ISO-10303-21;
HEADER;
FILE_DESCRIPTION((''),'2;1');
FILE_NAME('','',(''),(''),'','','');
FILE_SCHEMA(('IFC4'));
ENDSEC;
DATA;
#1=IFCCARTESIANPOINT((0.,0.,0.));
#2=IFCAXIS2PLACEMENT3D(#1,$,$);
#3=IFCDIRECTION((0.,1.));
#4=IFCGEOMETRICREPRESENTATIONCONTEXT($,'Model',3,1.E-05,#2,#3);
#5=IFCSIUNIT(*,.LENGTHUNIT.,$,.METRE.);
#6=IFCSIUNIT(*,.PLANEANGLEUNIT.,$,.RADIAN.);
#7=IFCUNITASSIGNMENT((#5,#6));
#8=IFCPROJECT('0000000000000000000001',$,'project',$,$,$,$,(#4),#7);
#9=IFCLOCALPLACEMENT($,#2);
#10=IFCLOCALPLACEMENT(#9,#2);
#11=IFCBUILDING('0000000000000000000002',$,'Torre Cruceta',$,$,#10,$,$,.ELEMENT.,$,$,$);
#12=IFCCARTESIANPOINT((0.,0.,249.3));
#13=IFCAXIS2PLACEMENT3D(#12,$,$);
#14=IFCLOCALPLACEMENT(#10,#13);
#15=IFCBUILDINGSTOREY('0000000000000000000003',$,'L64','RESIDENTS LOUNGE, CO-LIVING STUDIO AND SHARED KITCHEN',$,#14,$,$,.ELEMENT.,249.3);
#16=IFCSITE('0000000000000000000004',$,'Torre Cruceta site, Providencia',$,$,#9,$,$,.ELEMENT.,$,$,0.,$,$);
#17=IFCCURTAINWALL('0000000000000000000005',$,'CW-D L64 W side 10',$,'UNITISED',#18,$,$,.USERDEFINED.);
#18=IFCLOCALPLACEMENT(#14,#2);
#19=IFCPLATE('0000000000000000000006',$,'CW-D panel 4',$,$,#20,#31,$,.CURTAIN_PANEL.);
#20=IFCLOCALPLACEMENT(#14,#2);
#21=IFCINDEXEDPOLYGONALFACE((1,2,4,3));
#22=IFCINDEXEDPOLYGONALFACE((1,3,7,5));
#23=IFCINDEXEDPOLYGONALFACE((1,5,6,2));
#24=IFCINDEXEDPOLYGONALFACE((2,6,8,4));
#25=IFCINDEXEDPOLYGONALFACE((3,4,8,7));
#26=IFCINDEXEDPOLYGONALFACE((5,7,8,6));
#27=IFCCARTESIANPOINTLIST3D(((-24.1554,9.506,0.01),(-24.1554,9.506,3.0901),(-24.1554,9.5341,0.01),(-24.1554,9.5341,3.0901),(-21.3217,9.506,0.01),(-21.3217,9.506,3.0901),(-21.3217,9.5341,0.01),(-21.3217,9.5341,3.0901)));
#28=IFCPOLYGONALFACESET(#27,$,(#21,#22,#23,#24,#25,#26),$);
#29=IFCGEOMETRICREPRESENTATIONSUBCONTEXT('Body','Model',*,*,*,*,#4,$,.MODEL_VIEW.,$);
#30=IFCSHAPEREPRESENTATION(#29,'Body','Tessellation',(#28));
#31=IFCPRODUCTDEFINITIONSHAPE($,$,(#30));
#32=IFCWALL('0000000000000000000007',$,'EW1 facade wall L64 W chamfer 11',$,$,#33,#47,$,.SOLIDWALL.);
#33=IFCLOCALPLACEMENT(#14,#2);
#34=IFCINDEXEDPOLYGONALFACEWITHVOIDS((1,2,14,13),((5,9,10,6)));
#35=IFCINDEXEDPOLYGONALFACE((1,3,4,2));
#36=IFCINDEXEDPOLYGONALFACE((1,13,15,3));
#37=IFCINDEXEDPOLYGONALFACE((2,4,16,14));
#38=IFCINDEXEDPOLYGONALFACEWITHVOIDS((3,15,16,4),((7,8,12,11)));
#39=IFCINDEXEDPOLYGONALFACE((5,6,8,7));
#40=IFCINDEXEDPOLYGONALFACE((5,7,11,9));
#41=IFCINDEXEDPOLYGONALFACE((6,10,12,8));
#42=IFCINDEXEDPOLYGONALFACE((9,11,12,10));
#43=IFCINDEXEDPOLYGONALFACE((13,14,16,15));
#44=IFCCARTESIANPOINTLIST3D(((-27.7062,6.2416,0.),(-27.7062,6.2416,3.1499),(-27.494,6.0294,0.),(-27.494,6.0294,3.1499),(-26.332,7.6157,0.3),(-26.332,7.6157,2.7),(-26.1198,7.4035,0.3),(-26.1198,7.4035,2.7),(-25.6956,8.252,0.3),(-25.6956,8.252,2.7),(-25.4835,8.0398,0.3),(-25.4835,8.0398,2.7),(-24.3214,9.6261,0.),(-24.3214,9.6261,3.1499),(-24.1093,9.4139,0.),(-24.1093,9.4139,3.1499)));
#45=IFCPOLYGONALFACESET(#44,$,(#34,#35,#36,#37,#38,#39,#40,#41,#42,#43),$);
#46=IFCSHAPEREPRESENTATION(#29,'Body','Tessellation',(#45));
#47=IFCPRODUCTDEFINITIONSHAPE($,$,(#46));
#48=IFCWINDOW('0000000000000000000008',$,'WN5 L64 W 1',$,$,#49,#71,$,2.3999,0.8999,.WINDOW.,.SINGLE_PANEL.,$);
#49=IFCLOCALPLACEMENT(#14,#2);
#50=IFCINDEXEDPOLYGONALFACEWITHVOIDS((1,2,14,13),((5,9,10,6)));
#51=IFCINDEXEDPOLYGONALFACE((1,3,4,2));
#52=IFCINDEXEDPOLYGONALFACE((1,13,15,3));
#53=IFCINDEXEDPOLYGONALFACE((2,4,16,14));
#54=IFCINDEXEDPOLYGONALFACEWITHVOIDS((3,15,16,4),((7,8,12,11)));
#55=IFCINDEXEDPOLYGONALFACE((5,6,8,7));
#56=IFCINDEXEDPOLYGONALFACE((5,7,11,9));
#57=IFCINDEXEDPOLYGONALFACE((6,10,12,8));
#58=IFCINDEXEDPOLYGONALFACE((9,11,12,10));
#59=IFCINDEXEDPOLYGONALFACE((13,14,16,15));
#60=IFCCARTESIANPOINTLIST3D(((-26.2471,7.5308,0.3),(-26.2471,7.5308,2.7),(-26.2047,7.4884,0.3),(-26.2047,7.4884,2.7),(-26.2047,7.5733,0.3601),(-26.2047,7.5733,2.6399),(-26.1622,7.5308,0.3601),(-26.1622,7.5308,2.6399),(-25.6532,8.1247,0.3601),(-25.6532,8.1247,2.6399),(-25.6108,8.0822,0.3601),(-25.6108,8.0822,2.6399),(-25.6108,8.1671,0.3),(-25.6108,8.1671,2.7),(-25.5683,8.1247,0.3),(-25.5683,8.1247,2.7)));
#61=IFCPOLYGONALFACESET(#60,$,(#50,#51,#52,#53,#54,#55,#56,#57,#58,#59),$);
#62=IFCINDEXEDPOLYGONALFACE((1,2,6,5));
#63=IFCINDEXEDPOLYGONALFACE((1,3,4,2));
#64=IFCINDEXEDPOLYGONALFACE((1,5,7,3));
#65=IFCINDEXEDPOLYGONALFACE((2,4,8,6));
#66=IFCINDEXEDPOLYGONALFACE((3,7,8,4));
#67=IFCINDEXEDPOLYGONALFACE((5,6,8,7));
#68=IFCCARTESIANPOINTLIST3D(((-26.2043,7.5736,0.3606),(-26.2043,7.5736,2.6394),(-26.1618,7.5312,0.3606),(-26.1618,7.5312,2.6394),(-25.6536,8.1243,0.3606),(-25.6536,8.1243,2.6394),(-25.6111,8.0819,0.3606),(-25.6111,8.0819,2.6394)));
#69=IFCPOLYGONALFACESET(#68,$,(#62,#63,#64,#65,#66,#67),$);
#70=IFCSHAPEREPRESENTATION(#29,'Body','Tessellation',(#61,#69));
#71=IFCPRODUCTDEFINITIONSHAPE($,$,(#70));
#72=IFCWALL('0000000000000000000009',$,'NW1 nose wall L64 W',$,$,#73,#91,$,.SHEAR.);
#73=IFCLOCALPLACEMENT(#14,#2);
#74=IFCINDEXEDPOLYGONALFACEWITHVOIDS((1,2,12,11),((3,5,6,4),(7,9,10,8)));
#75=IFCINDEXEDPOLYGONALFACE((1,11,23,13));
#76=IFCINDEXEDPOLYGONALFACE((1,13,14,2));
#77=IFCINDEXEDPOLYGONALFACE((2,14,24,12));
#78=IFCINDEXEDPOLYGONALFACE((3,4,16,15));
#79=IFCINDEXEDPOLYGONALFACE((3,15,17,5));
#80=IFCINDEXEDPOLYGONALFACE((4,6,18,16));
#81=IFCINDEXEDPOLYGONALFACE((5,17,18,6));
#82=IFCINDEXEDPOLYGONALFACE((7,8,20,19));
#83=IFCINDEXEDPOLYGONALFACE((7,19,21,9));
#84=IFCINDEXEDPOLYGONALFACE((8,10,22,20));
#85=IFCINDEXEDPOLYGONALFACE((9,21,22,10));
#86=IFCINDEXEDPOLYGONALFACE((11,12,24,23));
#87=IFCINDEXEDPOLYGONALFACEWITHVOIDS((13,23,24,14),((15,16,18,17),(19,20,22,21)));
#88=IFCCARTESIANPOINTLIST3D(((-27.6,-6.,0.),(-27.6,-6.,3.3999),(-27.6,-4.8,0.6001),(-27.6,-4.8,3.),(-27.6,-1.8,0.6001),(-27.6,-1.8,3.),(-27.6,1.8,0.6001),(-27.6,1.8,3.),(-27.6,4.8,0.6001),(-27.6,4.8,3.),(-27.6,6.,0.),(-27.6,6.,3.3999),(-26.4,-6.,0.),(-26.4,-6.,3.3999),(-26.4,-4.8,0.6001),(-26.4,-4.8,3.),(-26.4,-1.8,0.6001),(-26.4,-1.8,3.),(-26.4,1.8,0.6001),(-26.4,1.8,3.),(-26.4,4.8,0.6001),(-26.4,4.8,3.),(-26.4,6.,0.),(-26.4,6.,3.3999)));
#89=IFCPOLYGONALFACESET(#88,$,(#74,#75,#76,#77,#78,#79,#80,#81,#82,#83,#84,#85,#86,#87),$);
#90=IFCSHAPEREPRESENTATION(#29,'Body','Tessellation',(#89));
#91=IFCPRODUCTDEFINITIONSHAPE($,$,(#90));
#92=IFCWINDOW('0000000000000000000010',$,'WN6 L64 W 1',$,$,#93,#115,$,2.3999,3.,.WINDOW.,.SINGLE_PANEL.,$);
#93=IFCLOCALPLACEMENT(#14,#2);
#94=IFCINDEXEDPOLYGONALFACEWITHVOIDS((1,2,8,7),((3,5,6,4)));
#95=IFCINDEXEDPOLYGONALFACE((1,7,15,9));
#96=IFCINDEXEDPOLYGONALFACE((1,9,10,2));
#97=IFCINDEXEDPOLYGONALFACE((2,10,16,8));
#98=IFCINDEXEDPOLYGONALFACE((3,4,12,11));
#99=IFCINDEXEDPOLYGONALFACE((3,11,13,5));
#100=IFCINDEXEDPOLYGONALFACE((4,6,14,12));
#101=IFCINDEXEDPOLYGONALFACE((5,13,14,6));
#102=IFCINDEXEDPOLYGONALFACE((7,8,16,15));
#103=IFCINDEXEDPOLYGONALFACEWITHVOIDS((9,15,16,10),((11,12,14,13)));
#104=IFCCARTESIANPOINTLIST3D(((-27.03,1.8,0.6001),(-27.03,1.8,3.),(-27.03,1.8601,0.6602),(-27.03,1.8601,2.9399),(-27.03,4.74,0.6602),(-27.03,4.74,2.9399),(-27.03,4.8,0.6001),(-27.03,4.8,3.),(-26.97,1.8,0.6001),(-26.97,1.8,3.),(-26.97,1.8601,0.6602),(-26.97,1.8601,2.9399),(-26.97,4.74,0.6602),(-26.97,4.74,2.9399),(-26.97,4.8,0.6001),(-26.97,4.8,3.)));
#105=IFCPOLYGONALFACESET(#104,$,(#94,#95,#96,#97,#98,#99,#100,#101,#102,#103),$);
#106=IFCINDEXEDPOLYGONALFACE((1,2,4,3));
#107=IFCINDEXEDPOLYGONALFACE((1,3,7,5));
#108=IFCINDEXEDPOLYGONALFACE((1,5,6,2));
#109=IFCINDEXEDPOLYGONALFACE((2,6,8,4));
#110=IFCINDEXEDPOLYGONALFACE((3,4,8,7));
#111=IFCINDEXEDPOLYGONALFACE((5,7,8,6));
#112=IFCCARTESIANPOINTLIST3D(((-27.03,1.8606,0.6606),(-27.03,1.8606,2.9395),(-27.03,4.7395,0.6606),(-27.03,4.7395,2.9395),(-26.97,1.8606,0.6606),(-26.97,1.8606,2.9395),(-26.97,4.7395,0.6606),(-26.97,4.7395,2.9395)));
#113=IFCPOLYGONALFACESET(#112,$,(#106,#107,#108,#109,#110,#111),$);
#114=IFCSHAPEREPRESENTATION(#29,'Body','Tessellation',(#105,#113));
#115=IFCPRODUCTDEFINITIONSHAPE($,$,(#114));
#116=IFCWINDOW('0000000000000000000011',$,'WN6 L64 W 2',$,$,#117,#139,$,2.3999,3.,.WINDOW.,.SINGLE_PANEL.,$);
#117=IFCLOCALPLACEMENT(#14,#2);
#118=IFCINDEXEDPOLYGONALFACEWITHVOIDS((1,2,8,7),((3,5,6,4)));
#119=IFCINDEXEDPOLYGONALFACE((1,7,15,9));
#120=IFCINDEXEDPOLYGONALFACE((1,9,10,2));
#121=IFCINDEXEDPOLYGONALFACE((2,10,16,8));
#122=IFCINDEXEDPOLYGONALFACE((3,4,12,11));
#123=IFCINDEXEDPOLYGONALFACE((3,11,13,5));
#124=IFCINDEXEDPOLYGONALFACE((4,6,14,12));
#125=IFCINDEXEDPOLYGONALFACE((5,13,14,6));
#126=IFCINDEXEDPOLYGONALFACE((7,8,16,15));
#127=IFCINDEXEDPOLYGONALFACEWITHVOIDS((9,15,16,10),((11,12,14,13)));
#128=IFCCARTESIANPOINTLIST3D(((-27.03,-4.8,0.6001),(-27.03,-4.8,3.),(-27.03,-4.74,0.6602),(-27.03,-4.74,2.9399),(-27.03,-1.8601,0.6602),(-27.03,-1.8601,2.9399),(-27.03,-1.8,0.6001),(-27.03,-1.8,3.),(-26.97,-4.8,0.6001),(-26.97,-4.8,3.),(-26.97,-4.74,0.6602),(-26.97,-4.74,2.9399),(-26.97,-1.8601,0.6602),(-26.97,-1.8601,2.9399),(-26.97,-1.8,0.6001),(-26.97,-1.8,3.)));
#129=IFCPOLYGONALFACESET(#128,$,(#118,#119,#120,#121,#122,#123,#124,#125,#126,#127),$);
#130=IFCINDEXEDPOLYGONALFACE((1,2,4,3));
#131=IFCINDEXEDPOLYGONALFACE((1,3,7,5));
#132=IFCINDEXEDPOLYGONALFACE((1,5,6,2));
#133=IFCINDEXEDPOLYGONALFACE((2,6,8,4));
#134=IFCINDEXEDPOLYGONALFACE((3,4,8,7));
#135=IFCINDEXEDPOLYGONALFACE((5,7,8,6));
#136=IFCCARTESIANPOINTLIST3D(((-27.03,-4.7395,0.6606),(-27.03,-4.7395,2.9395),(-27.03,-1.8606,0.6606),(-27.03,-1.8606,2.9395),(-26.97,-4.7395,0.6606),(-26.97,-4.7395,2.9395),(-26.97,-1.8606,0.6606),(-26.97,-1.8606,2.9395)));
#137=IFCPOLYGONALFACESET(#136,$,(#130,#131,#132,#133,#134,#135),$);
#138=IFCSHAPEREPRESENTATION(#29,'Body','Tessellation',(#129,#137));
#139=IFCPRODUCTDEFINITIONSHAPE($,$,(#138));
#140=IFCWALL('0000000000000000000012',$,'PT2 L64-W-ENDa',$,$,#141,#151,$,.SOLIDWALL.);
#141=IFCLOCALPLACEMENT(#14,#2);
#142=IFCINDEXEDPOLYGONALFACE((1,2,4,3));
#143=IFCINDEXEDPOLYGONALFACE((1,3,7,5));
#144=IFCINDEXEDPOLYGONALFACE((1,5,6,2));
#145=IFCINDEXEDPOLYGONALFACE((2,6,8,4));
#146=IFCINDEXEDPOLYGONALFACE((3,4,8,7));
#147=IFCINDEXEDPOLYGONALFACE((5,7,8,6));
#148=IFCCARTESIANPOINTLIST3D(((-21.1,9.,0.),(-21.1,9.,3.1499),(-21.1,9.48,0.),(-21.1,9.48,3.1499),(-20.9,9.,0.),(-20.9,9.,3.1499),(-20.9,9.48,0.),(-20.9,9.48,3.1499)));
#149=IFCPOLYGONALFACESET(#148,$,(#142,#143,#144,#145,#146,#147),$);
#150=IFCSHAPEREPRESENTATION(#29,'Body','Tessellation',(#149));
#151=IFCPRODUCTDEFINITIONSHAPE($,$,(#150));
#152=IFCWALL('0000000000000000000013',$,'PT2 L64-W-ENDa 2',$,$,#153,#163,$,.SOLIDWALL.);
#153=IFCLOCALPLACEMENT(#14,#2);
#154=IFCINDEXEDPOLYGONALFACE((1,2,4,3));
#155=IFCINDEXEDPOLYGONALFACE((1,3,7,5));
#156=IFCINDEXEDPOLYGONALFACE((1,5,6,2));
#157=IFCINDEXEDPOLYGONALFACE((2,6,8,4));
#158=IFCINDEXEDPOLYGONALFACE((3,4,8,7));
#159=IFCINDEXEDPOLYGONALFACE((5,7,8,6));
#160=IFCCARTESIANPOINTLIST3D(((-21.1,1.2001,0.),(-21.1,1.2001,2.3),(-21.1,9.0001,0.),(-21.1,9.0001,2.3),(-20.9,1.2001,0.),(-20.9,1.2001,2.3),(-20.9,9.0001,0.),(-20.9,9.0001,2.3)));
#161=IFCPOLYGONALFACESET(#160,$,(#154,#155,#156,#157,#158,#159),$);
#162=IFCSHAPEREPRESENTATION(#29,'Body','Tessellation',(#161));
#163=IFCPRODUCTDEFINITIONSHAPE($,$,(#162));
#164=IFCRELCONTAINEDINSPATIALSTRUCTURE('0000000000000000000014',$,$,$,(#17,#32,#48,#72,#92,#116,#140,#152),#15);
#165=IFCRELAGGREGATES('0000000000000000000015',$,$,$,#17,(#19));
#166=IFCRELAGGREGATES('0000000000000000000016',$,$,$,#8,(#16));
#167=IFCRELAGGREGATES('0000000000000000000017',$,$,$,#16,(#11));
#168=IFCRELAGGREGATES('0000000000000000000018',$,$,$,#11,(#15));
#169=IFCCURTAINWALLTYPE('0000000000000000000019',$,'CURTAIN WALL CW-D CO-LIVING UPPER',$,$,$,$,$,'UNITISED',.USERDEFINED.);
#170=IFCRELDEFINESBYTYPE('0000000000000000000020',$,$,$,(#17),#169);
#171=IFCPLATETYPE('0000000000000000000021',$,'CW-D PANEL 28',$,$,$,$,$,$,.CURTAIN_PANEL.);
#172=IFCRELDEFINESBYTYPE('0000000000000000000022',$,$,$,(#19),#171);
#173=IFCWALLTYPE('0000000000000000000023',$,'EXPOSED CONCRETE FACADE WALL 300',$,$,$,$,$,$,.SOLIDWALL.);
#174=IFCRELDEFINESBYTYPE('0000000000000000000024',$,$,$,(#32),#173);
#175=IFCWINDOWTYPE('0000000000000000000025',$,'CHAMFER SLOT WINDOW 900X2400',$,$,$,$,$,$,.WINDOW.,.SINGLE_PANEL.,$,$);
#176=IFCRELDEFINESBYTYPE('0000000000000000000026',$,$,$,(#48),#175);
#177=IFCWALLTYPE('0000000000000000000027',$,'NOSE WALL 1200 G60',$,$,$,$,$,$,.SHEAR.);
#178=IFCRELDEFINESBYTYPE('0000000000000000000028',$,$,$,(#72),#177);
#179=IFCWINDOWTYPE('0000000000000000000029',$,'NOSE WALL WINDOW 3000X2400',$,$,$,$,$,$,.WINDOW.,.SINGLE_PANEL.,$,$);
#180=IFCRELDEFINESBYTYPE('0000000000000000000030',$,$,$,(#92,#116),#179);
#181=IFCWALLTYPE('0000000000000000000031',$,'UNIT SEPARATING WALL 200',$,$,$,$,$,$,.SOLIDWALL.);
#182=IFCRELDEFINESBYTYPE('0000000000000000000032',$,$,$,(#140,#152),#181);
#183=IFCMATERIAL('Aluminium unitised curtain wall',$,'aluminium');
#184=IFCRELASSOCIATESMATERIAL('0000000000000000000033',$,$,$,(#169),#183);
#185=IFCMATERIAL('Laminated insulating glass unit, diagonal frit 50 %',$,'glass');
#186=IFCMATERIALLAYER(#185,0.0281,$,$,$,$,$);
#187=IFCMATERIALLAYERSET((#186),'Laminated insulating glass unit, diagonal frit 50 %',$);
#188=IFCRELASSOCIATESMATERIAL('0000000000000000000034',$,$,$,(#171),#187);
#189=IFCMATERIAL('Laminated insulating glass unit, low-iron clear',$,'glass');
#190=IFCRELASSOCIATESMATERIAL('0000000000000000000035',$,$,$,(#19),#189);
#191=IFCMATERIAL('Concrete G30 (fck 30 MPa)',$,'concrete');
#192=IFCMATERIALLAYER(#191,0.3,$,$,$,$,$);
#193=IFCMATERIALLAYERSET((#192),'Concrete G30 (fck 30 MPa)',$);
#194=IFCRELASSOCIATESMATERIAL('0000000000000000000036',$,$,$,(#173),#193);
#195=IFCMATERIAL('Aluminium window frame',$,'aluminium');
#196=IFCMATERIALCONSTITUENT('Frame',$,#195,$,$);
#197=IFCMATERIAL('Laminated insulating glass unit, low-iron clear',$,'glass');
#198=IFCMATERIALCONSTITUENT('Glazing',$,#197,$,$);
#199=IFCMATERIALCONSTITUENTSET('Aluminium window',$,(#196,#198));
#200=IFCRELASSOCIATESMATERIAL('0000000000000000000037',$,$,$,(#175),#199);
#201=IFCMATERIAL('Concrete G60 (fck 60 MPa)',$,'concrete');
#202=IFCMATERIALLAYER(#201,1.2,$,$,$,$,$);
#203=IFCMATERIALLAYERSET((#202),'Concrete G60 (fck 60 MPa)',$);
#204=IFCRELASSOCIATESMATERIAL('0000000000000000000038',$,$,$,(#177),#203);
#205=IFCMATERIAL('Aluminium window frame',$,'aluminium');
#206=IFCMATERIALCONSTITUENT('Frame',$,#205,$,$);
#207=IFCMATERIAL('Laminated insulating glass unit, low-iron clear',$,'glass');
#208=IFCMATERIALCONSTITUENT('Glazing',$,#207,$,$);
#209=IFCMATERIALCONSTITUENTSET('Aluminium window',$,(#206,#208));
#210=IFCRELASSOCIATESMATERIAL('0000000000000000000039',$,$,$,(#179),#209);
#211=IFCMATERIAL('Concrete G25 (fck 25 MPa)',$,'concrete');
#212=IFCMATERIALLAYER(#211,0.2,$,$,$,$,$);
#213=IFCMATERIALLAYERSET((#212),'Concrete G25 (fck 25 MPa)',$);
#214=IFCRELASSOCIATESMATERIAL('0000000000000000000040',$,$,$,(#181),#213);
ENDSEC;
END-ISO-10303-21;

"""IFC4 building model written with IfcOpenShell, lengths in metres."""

from ifc_helpers import new_model, si_unit, direction, frame, frame_2d, origin, origin_2d, place, context, subcontext, project, spatial, rectangle, hollow_rectangle, extrude, material, layer, layer_set, constituent, constituent_set, type_object, element, fill, aggregate, save


model = new_model("IFC4")

# Units and contexts
model_context = context("Model", 3, precision=1e-05, world=origin(), true_north=direction((0.0, 1.0)))
body_context = subcontext(model_context, "Body", "Model", "MODEL_VIEW")
ifc_project = project(units=[si_unit("LENGTHUNIT", "METRE"), si_unit("PLANEANGLEUNIT", "RADIAN")], contexts=[model_context])

# Site, building, storey
site_placement = place(None, origin())
site = spatial("IfcSite", under=ifc_project, at=site_placement, Name="Torre Cruceta site, Providencia", CompositionType="ELEMENT", RefElevation=0.0)
building_placement = place(site_placement, origin())
building = spatial("IfcBuilding", under=site, at=building_placement, Name="Torre Cruceta", CompositionType="ELEMENT")
storey_placement = place(building_placement, frame((0.0, 0.0, 249.3)))
storey = spatial("IfcBuildingStorey", under=building, at=storey_placement, Name="L64", Description="RESIDENTS LOUNGE, CO-LIVING STUDIO AND SHARED KITCHEN", CompositionType="ELEMENT", Elevation=249.3)

# Curtain wall
ifc_material_1 = material(Name="Aluminium unitised curtain wall", Category="aluminium")
curtain_wall_type = type_object("IfcCurtainWallType", Name="CURTAIN WALL CW-D CO-LIVING UPPER", ElementType="UNITISED", PredefinedType="USERDEFINED", material=ifc_material_1)
curtain_wall_placement = place(storey_placement, origin())
curtain_wall = element("IfcCurtainWall", 1, at=curtain_wall_placement, inside=storey, type_object=curtain_wall_type, Name="CW-D L64 W side 10", ObjectType="UNITISED", PredefinedType="USERDEFINED")

# Plate
ifc_material_2 = material(Name="Laminated insulating glass unit, low-iron clear", Category="glass")
ifc_material_3 = material(Name="Laminated insulating glass unit, diagonal frit 50 %", Category="glass")
ifc_layer_1 = layer(ifc_material_3, 0.0281)
ifc_layer_set_1 = layer_set([ifc_layer_1], Name="Laminated insulating glass unit, diagonal frit 50 %")
plate_type = type_object("IfcPlateType", Name="CW-D PANEL 28", PredefinedType="CURTAIN_PANEL", material=ifc_layer_set_1)
plate_1_placement = place(storey_placement, frame((-22.7385, 9.52, 0.01), z_axis=(0.0, 0.0, 1.0), x_axis=(-1.0, 0.0, 0.0)))
plate_1 = element("IfcPlate", 2, at=plate_1_placement, type_object=plate_type, material=ifc_material_2, Name="CW-D panel 4", PredefinedType="CURTAIN_PANEL", context=body_context, shape_type="SweptSolid", body=[
    extrude(rectangle(XDim=2.8337, YDim=0.0281, at=origin_2d()), origin(), (0.0, 0.0, 1.0), 3.0801),
])
aggregate(curtain_wall, [plate_1])

# Wall, opening, window
ifc_material_4 = material(Name="Concrete G30 (fck 30 MPa)", Category="concrete")
ifc_layer_2 = layer(ifc_material_4, 0.3)
ifc_layer_set_2 = layer_set([ifc_layer_2], Name="Concrete G30 (fck 30 MPa)")
wall_type_1 = type_object("IfcWallType", Name="EXPOSED CONCRETE FACADE WALL 300", PredefinedType="SOLIDWALL", material=ifc_layer_set_2)
wall_1_placement = place(storey_placement, frame((-24.2153, 9.52, 0.0), z_axis=(0.0, 0.0, 1.0), x_axis=(-0.707132, -0.707081, 0.0)))
wall_1 = element("IfcWall", 3, at=wall_1_placement, inside=storey, type_object=wall_type_1, Name="EW1 facade wall L64 W chamfer 11", PredefinedType="SOLIDWALL", context=body_context, shape_type="SweptSolid", body=[
    extrude(rectangle(XDim=4.7866, YDim=0.3, at=frame_2d((2.3933, 0.0))), origin(), (0.0, 0.0, 1.0), 3.1499),
])
opening_1_placement = place(wall_1_placement, frame((1.9434, 0.0, 0.3)))
opening_1 = element("IfcOpeningElement", 4, at=opening_1_placement, cuts=wall_1, PredefinedType="OPENING", context=body_context, shape_type="SweptSolid", body=[
    extrude(rectangle(XDim=0.8999, YDim=2.3999, at=frame_2d((0.45, 1.2))), frame((0.0, 0.1599, 0.0), z_axis=(0.0, -1.0, 0.0), x_axis=(1.0, 0.0, 0.0)), (0.0, 0.0, 1.0), 0.3201),
])
ifc_material_5 = material(Name="Aluminium window frame", Category="aluminium")
ifc_constituent_1 = constituent(ifc_material_5, Name="Frame")
ifc_material_6 = material(Name="Laminated insulating glass unit, low-iron clear", Category="glass")
ifc_constituent_2 = constituent(ifc_material_6, Name="Glazing")
ifc_constituent_set_1 = constituent_set(constituents=[ifc_constituent_1, ifc_constituent_2], Name="Aluminium window")
window_type_1 = type_object("IfcWindowType", Name="CHAMFER SLOT WINDOW 900X2400", PartitioningType="SINGLE_PANEL", PredefinedType="WINDOW", material=ifc_constituent_set_1)
window_1_placement = place(opening_1_placement, origin())
window_1 = element("IfcWindow", 5, at=window_1_placement, inside=storey, type_object=window_type_1, Name="WN5 L64 W 1", OverallHeight=2.3999, OverallWidth=0.8999, PartitioningType="SINGLE_PANEL", PredefinedType="WINDOW", context=body_context, shape_type="SweptSolid", body=[
    extrude(hollow_rectangle(XDim=0.8999, YDim=2.3999, WallThickness=0.0601, at=frame_2d((0.45, 1.2))), frame((0.0, 0.03, 0.0), z_axis=(0.0, -1.0, 0.0), x_axis=(1.0, 0.0, 0.0)), (0.0, 0.0, 1.0), 0.0601),
    extrude(rectangle(XDim=0.7788, YDim=2.2788, at=frame_2d((0.45, 1.2))), frame((0.0, 0.03, 0.0), z_axis=(0.0, -1.0, 0.0), x_axis=(1.0, 0.0, 0.0)), (0.0, 0.0, 1.0), 0.0601),
])
fill(opening_1, window_1)

# Wall, openings, windows
ifc_material_7 = material(Name="Concrete G60 (fck 60 MPa)", Category="concrete")
ifc_layer_3 = layer(ifc_material_7, 1.2)
ifc_layer_set_3 = layer_set([ifc_layer_3], Name="Concrete G60 (fck 60 MPa)")
wall_type_2 = type_object("IfcWallType", Name="NOSE WALL 1200 G60", PredefinedType="SHEAR", material=ifc_layer_set_3)
wall_2_placement = place(storey_placement, frame((-27.0, 6.0, 0.0), z_axis=(0.0, 0.0, 1.0), x_axis=(0.0, -1.0, 0.0)))
wall_2 = element("IfcWall", 6, at=wall_2_placement, inside=storey, type_object=wall_type_2, Name="NW1 nose wall L64 W", PredefinedType="SHEAR", context=body_context, shape_type="SweptSolid", body=[
    extrude(rectangle(XDim=12.0, YDim=1.2, at=frame_2d((6.0, 0.0))), origin(), (0.0, 0.0, 1.0), 3.3999),
])
opening_2_placement = place(wall_2_placement, frame((1.2, 0.0, 0.6001)))
opening_2 = element("IfcOpeningElement", 7, at=opening_2_placement, cuts=wall_2, PredefinedType="OPENING", context=body_context, shape_type="SweptSolid", body=[
    extrude(rectangle(XDim=3.0, YDim=2.3999, at=frame_2d((1.5, 1.2))), frame((0.0, 0.6099, 0.0), z_axis=(0.0, -1.0, 0.0), x_axis=(1.0, 0.0, 0.0)), (0.0, 0.0, 1.0), 1.22),
])
opening_3_placement = place(wall_2_placement, frame((7.8, 0.0, 0.6001)))
opening_3 = element("IfcOpeningElement", 8, at=opening_3_placement, cuts=wall_2, PredefinedType="OPENING", context=body_context, shape_type="SweptSolid", body=[
    extrude(rectangle(XDim=3.0, YDim=2.3999, at=frame_2d((1.5, 1.2))), frame((0.0, 0.6099, 0.0), z_axis=(0.0, -1.0, 0.0), x_axis=(1.0, 0.0, 0.0)), (0.0, 0.0, 1.0), 1.22),
])
ifc_material_8 = material(Name="Aluminium window frame", Category="aluminium")
ifc_constituent_3 = constituent(ifc_material_8, Name="Frame")
ifc_material_9 = material(Name="Laminated insulating glass unit, low-iron clear", Category="glass")
ifc_constituent_4 = constituent(ifc_material_9, Name="Glazing")
ifc_constituent_set_2 = constituent_set(constituents=[ifc_constituent_3, ifc_constituent_4], Name="Aluminium window")
window_type_2 = type_object("IfcWindowType", Name="NOSE WALL WINDOW 3000X2400", PartitioningType="SINGLE_PANEL", PredefinedType="WINDOW", material=ifc_constituent_set_2)
window_2_placement = place(opening_2_placement, origin())
window_2 = element("IfcWindow", 9, at=window_2_placement, inside=storey, type_object=window_type_2, Name="WN6 L64 W 1", OverallHeight=2.3999, OverallWidth=3.0, PartitioningType="SINGLE_PANEL", PredefinedType="WINDOW", context=body_context, shape_type="SweptSolid", body=[
    extrude(hollow_rectangle(XDim=3.0, YDim=2.3999, WallThickness=0.0601, at=frame_2d((1.5, 1.2))), frame((0.0, 0.03, 0.0), z_axis=(0.0, -1.0, 0.0), x_axis=(1.0, 0.0, 0.0)), (0.0, 0.0, 1.0), 0.0601),
    extrude(rectangle(XDim=2.8789, YDim=2.2788, at=frame_2d((1.5, 1.2))), frame((0.0, 0.03, 0.0), z_axis=(0.0, -1.0, 0.0), x_axis=(1.0, 0.0, 0.0)), (0.0, 0.0, 1.0), 0.0601),
])
fill(opening_2, window_2)
window_3_placement = place(opening_3_placement, origin())
window_3 = element("IfcWindow", 10, at=window_3_placement, inside=storey, type_object=window_type_2, Name="WN6 L64 W 2", OverallHeight=2.3999, OverallWidth=3.0, PartitioningType="SINGLE_PANEL", PredefinedType="WINDOW", context=body_context, shape_type="SweptSolid", body=[
    extrude(hollow_rectangle(XDim=3.0, YDim=2.3999, WallThickness=0.0601, at=frame_2d((1.5, 1.2))), frame((0.0, 0.03, 0.0), z_axis=(0.0, -1.0, 0.0), x_axis=(1.0, 0.0, 0.0)), (0.0, 0.0, 1.0), 0.0601),
    extrude(rectangle(XDim=2.8789, YDim=2.2788, at=frame_2d((1.5, 1.2))), frame((0.0, 0.03, 0.0), z_axis=(0.0, -1.0, 0.0), x_axis=(1.0, 0.0, 0.0)), (0.0, 0.0, 1.0), 0.0601),
])
fill(opening_3, window_3)

# Walls
ifc_material_10 = material(Name="Concrete G25 (fck 25 MPa)", Category="concrete")
ifc_layer_4 = layer(ifc_material_10, 0.2)
ifc_layer_set_4 = layer_set([ifc_layer_4], Name="Concrete G25 (fck 25 MPa)")
wall_type_3 = type_object("IfcWallType", Name="UNIT SEPARATING WALL 200", PredefinedType="SOLIDWALL", material=ifc_layer_set_4)
wall_3_placement = place(storey_placement, frame((-21.0, 9.48, 0.0), z_axis=(0.0, 0.0, 1.0), x_axis=(0.0, -1.0, 0.0)))
element("IfcWall", 11, at=wall_3_placement, inside=storey, type_object=wall_type_3, Name="PT2 L64-W-ENDa", PredefinedType="SOLIDWALL", context=body_context, shape_type="SweptSolid", body=[
    extrude(rectangle(XDim=0.48, YDim=0.2, at=frame_2d((0.24, 0.0))), origin(), (0.0, 0.0, 1.0), 3.1499),
])
wall_4_placement = place(storey_placement, frame((-21.0, 9.0, 0.0), z_axis=(0.0, 0.0, 1.0), x_axis=(0.0, -1.0, 0.0)))
element("IfcWall", 12, at=wall_4_placement, inside=storey, type_object=wall_type_3, Name="PT2 L64-W-ENDa 2", PredefinedType="SOLIDWALL", context=body_context, shape_type="SweptSolid", body=[
    extrude(rectangle(XDim=7.8, YDim=0.2, at=frame_2d((3.8999, 0.0))), origin(), (0.0, 0.0, 1.0), 2.3),
])

save(model, "model.ifc")
